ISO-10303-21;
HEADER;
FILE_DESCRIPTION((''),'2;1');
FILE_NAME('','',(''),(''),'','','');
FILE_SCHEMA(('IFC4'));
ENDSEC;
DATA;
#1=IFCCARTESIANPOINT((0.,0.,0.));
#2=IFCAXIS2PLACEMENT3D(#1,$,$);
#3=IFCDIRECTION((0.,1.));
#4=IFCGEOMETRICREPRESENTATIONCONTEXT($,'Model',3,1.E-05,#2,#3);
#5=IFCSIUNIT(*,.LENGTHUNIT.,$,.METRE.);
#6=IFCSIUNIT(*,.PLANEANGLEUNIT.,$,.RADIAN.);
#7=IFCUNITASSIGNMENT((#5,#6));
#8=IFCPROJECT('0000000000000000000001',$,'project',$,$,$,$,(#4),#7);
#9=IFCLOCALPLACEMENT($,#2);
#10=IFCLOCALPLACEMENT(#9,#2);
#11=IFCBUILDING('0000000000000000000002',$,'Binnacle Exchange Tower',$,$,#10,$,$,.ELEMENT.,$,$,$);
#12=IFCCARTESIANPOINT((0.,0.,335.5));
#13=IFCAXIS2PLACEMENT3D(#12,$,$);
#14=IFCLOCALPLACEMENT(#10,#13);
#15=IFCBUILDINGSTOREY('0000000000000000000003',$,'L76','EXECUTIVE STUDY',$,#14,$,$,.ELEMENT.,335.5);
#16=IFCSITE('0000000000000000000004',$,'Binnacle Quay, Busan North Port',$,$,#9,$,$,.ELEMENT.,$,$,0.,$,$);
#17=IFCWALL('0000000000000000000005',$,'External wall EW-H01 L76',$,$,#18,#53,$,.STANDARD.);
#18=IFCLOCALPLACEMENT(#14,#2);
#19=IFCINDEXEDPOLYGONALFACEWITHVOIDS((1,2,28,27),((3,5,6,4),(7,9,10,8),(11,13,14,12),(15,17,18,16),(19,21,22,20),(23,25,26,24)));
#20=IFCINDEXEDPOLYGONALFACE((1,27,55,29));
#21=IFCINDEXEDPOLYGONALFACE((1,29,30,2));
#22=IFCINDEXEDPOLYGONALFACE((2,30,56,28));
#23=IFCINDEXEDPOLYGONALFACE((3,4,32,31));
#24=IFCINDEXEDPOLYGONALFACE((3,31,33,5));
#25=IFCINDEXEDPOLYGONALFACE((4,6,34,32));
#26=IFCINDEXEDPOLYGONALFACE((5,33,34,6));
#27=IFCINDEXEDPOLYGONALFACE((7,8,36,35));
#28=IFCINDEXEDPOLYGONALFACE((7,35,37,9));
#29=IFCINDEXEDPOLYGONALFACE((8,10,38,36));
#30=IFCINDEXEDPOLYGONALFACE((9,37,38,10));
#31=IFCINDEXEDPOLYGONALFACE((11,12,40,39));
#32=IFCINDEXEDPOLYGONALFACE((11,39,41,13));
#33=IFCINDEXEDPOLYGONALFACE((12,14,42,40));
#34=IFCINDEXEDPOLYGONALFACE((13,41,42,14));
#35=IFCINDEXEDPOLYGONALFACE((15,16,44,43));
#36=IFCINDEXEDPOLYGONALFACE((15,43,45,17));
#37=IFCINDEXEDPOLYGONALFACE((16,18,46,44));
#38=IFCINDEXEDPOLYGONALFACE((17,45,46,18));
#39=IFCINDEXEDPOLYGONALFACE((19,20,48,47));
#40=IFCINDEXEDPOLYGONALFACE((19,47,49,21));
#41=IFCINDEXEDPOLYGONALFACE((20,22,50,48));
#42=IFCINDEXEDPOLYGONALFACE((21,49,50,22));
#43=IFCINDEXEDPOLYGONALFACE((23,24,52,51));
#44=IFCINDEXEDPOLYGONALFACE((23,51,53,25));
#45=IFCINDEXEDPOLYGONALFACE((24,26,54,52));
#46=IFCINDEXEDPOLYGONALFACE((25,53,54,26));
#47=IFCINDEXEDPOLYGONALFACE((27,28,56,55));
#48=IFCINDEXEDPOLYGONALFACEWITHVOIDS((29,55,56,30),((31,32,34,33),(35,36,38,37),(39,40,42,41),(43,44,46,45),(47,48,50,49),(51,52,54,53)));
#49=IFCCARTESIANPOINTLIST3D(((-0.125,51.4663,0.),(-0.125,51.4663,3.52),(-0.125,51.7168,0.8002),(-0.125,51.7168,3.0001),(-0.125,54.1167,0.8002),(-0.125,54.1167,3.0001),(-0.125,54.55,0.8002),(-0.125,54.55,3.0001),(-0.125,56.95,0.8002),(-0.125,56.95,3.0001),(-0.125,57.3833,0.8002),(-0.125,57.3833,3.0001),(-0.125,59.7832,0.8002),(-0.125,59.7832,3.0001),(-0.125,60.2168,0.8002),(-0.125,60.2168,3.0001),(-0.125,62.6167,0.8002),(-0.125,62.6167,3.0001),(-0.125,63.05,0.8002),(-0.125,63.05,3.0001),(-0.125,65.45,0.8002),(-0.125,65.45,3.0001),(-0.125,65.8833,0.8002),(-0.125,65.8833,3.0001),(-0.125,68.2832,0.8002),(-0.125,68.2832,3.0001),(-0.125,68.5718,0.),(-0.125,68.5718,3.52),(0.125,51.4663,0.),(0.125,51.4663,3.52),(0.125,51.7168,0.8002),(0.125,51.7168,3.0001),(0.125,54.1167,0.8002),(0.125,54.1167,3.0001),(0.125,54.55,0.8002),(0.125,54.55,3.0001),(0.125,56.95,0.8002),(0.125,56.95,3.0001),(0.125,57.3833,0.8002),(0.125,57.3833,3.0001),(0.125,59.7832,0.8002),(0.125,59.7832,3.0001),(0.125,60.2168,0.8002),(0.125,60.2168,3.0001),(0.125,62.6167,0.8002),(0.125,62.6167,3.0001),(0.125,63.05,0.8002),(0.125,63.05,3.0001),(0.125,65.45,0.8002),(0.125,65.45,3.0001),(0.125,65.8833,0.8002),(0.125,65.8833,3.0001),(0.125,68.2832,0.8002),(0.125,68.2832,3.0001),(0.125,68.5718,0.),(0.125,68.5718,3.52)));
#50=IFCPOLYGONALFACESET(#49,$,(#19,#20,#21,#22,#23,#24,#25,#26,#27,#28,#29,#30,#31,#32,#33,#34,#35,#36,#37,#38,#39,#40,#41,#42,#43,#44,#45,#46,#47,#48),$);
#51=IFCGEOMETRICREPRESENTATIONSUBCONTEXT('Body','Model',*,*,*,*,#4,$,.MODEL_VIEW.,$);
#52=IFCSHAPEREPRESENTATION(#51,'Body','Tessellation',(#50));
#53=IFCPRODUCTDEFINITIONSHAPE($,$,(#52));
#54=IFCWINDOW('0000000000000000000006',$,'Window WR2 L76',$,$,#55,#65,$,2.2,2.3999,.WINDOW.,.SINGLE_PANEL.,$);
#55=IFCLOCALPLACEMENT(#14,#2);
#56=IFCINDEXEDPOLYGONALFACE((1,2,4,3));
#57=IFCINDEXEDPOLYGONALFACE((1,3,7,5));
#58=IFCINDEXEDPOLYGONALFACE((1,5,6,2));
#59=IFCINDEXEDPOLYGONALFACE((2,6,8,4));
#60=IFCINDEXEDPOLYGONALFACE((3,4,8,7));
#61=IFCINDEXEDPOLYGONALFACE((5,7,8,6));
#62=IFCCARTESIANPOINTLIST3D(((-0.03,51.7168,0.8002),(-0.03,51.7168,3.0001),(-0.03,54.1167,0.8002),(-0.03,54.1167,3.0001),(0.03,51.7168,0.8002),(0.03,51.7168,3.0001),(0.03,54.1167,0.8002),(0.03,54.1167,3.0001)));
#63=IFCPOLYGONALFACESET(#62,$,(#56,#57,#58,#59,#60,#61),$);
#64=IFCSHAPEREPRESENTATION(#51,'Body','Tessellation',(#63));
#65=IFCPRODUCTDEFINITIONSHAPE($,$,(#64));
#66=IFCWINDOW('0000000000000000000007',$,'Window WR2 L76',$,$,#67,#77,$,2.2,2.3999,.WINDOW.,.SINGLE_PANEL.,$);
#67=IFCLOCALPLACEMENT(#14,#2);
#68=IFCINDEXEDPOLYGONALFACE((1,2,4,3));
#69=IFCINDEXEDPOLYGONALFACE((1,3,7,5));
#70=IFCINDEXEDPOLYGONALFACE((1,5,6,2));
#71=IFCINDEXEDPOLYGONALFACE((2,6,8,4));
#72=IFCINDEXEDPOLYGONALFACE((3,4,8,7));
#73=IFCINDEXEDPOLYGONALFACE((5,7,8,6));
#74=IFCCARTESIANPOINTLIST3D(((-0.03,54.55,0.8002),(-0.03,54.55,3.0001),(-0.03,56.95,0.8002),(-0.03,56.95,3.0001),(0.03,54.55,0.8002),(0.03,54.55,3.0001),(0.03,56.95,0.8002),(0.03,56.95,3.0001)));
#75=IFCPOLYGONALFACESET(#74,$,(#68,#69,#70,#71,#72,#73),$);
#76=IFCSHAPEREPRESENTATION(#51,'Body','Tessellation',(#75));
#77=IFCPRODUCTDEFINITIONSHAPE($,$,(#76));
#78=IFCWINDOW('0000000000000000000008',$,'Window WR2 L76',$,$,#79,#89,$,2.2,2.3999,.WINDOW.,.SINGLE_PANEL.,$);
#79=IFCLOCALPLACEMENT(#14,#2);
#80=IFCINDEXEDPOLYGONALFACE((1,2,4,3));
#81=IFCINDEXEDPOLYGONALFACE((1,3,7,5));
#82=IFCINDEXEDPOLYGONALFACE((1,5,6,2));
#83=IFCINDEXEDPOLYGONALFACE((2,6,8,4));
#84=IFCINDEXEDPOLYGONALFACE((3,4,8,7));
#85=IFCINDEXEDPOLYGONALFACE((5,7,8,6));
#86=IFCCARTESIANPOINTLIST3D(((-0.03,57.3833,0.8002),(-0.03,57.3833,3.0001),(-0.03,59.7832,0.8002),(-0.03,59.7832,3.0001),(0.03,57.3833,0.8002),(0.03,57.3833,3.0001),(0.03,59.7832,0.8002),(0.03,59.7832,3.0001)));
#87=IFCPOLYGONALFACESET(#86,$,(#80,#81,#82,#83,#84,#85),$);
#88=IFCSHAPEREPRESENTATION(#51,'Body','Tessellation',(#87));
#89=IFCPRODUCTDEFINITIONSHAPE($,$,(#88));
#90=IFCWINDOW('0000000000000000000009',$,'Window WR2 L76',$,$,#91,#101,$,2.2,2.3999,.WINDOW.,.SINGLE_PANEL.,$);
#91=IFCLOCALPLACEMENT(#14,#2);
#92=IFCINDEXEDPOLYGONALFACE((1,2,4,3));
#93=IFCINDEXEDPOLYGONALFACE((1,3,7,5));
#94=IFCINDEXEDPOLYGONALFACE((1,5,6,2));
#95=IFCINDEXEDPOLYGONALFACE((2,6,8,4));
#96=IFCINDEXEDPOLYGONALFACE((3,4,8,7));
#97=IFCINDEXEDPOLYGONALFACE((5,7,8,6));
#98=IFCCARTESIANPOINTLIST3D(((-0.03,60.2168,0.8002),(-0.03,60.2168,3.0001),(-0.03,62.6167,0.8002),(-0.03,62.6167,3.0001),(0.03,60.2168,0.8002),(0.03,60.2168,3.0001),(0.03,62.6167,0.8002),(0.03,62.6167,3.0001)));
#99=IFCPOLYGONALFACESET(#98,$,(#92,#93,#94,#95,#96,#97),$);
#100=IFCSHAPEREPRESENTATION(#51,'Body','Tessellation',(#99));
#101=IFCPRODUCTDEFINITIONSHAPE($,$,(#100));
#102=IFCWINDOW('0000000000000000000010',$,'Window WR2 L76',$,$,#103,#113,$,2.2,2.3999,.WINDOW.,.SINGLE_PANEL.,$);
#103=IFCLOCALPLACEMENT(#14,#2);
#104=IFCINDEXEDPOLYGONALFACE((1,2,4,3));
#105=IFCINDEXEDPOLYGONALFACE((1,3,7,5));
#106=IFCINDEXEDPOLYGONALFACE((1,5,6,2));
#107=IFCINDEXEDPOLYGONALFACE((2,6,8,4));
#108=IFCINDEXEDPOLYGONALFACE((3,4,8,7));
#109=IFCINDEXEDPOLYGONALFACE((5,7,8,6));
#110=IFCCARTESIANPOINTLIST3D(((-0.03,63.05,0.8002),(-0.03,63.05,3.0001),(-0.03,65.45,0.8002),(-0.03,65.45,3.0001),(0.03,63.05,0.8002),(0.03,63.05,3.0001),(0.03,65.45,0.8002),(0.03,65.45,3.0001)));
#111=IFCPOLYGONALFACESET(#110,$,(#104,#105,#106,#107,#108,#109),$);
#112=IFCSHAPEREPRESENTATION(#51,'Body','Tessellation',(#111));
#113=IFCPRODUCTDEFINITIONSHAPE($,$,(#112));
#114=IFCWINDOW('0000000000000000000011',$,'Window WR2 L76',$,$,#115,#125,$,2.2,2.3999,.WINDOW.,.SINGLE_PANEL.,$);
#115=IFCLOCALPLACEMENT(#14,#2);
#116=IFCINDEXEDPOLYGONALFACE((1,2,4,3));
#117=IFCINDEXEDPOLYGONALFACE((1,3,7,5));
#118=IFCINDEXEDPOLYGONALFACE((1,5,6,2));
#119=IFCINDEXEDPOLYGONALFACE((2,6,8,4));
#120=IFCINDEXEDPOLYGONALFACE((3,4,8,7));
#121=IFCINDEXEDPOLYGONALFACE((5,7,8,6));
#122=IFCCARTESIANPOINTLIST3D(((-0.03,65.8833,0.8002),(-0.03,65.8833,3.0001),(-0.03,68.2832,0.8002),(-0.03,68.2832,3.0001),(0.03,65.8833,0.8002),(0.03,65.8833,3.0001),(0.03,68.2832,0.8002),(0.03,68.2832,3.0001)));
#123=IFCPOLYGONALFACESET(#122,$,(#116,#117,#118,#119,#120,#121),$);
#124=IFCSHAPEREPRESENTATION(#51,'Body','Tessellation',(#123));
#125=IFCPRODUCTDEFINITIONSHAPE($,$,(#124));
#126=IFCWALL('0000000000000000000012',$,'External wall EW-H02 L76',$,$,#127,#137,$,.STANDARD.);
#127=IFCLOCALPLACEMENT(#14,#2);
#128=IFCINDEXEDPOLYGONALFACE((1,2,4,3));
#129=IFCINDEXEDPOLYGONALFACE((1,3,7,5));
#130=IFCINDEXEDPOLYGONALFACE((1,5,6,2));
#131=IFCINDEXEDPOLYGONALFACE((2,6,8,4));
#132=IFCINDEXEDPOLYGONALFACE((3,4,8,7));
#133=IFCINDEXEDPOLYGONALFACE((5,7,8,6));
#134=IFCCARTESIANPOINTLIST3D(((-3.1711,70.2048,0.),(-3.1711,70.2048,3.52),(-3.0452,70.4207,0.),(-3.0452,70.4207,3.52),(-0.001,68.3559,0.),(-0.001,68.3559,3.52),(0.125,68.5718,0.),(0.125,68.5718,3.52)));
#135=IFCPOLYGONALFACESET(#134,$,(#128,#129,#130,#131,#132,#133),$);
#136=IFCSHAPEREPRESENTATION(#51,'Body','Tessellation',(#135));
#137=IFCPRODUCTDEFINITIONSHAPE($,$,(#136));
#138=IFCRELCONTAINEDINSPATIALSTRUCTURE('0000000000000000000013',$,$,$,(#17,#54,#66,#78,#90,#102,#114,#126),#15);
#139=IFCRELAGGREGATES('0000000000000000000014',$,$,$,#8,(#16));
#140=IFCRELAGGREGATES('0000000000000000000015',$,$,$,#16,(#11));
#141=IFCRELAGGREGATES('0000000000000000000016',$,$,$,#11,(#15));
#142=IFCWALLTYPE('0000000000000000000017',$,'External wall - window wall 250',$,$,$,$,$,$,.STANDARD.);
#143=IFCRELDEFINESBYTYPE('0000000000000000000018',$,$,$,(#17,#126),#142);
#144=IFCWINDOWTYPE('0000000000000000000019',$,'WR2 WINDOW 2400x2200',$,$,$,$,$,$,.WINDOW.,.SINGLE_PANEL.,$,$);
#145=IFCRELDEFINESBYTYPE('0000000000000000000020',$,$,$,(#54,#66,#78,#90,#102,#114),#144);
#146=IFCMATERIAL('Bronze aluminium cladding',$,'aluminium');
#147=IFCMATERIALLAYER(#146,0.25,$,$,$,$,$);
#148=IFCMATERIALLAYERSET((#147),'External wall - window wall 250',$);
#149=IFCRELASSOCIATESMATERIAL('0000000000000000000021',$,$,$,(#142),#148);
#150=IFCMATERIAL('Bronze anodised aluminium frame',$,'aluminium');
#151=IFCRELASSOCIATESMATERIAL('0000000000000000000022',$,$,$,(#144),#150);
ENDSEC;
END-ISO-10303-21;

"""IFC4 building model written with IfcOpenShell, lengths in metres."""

from ifc_helpers import new_model, si_unit, direction, frame, frame_2d, origin, place, context, subcontext, project, spatial, rectangle, extrude, material, layer, layer_set, type_object, element, fill, save


model = new_model("IFC4")

# Units and contexts
model_context = context("Model", 3, precision=1e-05, world=origin(), true_north=direction((0.0, 1.0)))
body_context = subcontext(model_context, "Body", "Model", "MODEL_VIEW")
ifc_project = project(units=[si_unit("LENGTHUNIT", "METRE"), si_unit("PLANEANGLEUNIT", "RADIAN")], contexts=[model_context])

# Site, building, storey
site_placement = place(None, origin())
site = spatial("IfcSite", under=ifc_project, at=site_placement, Name="Binnacle Quay, Busan North Port", CompositionType="ELEMENT", RefElevation=0.0)
building_placement = place(site_placement, origin())
building = spatial("IfcBuilding", under=site, at=building_placement, Name="Binnacle Exchange Tower", CompositionType="ELEMENT")
storey_placement = place(building_placement, frame((0.0, 0.0, 335.5)))
storey = spatial("IfcBuildingStorey", under=building, at=storey_placement, Name="L76", Description="EXECUTIVE STUDY", CompositionType="ELEMENT", Elevation=335.5)

# Shared definitions
ifc_material_1 = material(Name="Bronze anodised aluminium frame", Category="aluminium")

# Wall, openings, windows
ifc_material_2 = material(Name="Bronze aluminium cladding", Category="aluminium")
ifc_layer_1 = layer(ifc_material_2, 0.25)
ifc_layer_set_1 = layer_set([ifc_layer_1], Name="External wall - window wall 250")
wall_type_1 = type_object("IfcWallType", Name="External wall - window wall 250", PredefinedType="STANDARD", material=ifc_layer_set_1)
wall_1_placement = place(storey_placement, frame((0.0, 68.5718, 0.0), z_axis=(0.0, 0.0, 1.0), x_axis=(0.0, -1.0, 0.0)))
wall_1 = element("IfcWall", 1, at=wall_1_placement, inside=storey, type_object=wall_type_1, Name="External wall EW-H01 L76", PredefinedType="STANDARD", context=body_context, shape_type="SweptSolid", body=[
    extrude(rectangle(XDim=17.1055, YDim=0.25, at=frame_2d((8.5527, 0.0))), origin(), (0.0, 0.0, 1.0), 3.52),
])
opening_1_placement = place(wall_1_placement, frame((14.4551, 0.0, 0.8)))
opening_1 = element("IfcOpeningElement", 2, at=opening_1_placement, cuts=wall_1, PredefinedType="OPENING", context=body_context, shape_type="SweptSolid", body=[
    extrude(rectangle(XDim=2.3999, YDim=2.2, at=frame_2d((1.2, 1.1001))), frame((0.0, 0.135, 0.0), z_axis=(0.0, -1.0, 0.0), x_axis=(1.0, 0.0, 0.0)), (0.0, 0.0, 1.0), 0.27),
])
opening_2_placement = place(wall_1_placement, frame((11.6218, 0.0, 0.8)))
opening_2 = element("IfcOpeningElement", 3, at=opening_2_placement, cuts=wall_1, PredefinedType="OPENING", context=body_context, shape_type="SweptSolid", body=[
    extrude(rectangle(XDim=2.3999, YDim=2.2, at=frame_2d((1.2, 1.1001))), frame((0.0, 0.135, 0.0), z_axis=(0.0, -1.0, 0.0), x_axis=(1.0, 0.0, 0.0)), (0.0, 0.0, 1.0), 0.27),
])
opening_3_placement = place(wall_1_placement, frame((8.7886, 0.0, 0.8)))
opening_3 = element("IfcOpeningElement", 4, at=opening_3_placement, cuts=wall_1, PredefinedType="OPENING", context=body_context, shape_type="SweptSolid", body=[
    extrude(rectangle(XDim=2.3999, YDim=2.2, at=frame_2d((1.2, 1.1001))), frame((0.0, 0.135, 0.0), z_axis=(0.0, -1.0, 0.0), x_axis=(1.0, 0.0, 0.0)), (0.0, 0.0, 1.0), 0.27),
])
opening_4_placement = place(wall_1_placement, frame((5.9551, 0.0, 0.8)))
opening_4 = element("IfcOpeningElement", 5, at=opening_4_placement, cuts=wall_1, PredefinedType="OPENING", context=body_context, shape_type="SweptSolid", body=[
    extrude(rectangle(XDim=2.3999, YDim=2.2, at=frame_2d((1.2, 1.1001))), frame((0.0, 0.135, 0.0), z_axis=(0.0, -1.0, 0.0), x_axis=(1.0, 0.0, 0.0)), (0.0, 0.0, 1.0), 0.27),
])
opening_5_placement = place(wall_1_placement, frame((3.1218, 0.0, 0.8)))
opening_5 = element("IfcOpeningElement", 6, at=opening_5_placement, cuts=wall_1, PredefinedType="OPENING", context=body_context, shape_type="SweptSolid", body=[
    extrude(rectangle(XDim=2.3999, YDim=2.2, at=frame_2d((1.2, 1.1001))), frame((0.0, 0.135, 0.0), z_axis=(0.0, -1.0, 0.0), x_axis=(1.0, 0.0, 0.0)), (0.0, 0.0, 1.0), 0.27),
])
opening_6_placement = place(wall_1_placement, frame((0.2886, 0.0, 0.8)))
opening_6 = element("IfcOpeningElement", 7, at=opening_6_placement, cuts=wall_1, PredefinedType="OPENING", context=body_context, shape_type="SweptSolid", body=[
    extrude(rectangle(XDim=2.3999, YDim=2.2, at=frame_2d((1.2, 1.1001))), frame((0.0, 0.135, 0.0), z_axis=(0.0, -1.0, 0.0), x_axis=(1.0, 0.0, 0.0)), (0.0, 0.0, 1.0), 0.27),
])
window_type = type_object("IfcWindowType", Name="WR2 WINDOW 2400x2200", PartitioningType="SINGLE_PANEL", PredefinedType="WINDOW", material=ifc_material_1)
window_1_placement = place(opening_1_placement, origin())
window_1 = element("IfcWindow", 8, at=window_1_placement, inside=storey, type_object=window_type, Name="Window WR2 L76", OverallHeight=2.2, OverallWidth=2.3999, PartitioningType="SINGLE_PANEL", PredefinedType="WINDOW", context=body_context, shape_type="SweptSolid", body=[
    extrude(rectangle(XDim=2.3999, YDim=2.2, at=frame_2d((1.2, 1.1001))), frame((0.0, 0.03, 0.0), z_axis=(0.0, -1.0, 0.0), x_axis=(1.0, 0.0, 0.0)), (0.0, 0.0, 1.0), 0.0601),
])
fill(opening_1, window_1)
window_2_placement = place(opening_2_placement, origin())
window_2 = element("IfcWindow", 9, at=window_2_placement, inside=storey, type_object=window_type, Name="Window WR2 L76", OverallHeight=2.2, OverallWidth=2.3999, PartitioningType="SINGLE_PANEL", PredefinedType="WINDOW", context=body_context, shape_type="SweptSolid", body=[
    extrude(rectangle(XDim=2.3999, YDim=2.2, at=frame_2d((1.2, 1.1001))), frame((0.0, 0.03, 0.0), z_axis=(0.0, -1.0, 0.0), x_axis=(1.0, 0.0, 0.0)), (0.0, 0.0, 1.0), 0.0601),
])
fill(opening_2, window_2)
window_3_placement = place(opening_3_placement, origin())
window_3 = element("IfcWindow", 10, at=window_3_placement, inside=storey, type_object=window_type, Name="Window WR2 L76", OverallHeight=2.2, OverallWidth=2.3999, PartitioningType="SINGLE_PANEL", PredefinedType="WINDOW", context=body_context, shape_type="SweptSolid", body=[
    extrude(rectangle(XDim=2.3999, YDim=2.2, at=frame_2d((1.2, 1.1001))), frame((0.0, 0.03, 0.0), z_axis=(0.0, -1.0, 0.0), x_axis=(1.0, 0.0, 0.0)), (0.0, 0.0, 1.0), 0.0601),
])
fill(opening_3, window_3)
window_4_placement = place(opening_4_placement, origin())
window_4 = element("IfcWindow", 11, at=window_4_placement, inside=storey, type_object=window_type, Name="Window WR2 L76", OverallHeight=2.2, OverallWidth=2.3999, PartitioningType="SINGLE_PANEL", PredefinedType="WINDOW", context=body_context, shape_type="SweptSolid", body=[
    extrude(rectangle(XDim=2.3999, YDim=2.2, at=frame_2d((1.2, 1.1001))), frame((0.0, 0.03, 0.0), z_axis=(0.0, -1.0, 0.0), x_axis=(1.0, 0.0, 0.0)), (0.0, 0.0, 1.0), 0.0601),
])
fill(opening_4, window_4)
window_5_placement = place(opening_5_placement, origin())
window_5 = element("IfcWindow", 12, at=window_5_placement, inside=storey, type_object=window_type, Name="Window WR2 L76", OverallHeight=2.2, OverallWidth=2.3999, PartitioningType="SINGLE_PANEL", PredefinedType="WINDOW", context=body_context, shape_type="SweptSolid", body=[
    extrude(rectangle(XDim=2.3999, YDim=2.2, at=frame_2d((1.2, 1.1001))), frame((0.0, 0.03, 0.0), z_axis=(0.0, -1.0, 0.0), x_axis=(1.0, 0.0, 0.0)), (0.0, 0.0, 1.0), 0.0601),
])
fill(opening_5, window_5)
window_6_placement = place(opening_6_placement, origin())
window_6 = element("IfcWindow", 13, at=window_6_placement, inside=storey, type_object=window_type, Name="Window WR2 L76", OverallHeight=2.2, OverallWidth=2.3999, PartitioningType="SINGLE_PANEL", PredefinedType="WINDOW", context=body_context, shape_type="SweptSolid", body=[
    extrude(rectangle(XDim=2.3999, YDim=2.2, at=frame_2d((1.2, 1.1001))), frame((0.0, 0.03, 0.0), z_axis=(0.0, -1.0, 0.0), x_axis=(1.0, 0.0, 0.0)), (0.0, 0.0, 1.0), 0.0601),
])
fill(opening_6, window_6)

# Wall
wall_2_placement = place(storey_placement, frame((-3.1082, 70.3127, 0.0), z_axis=(0.0, 0.0, 1.0), x_axis=(0.863825, -0.503792, 0.0)))
element("IfcWall", 14, at=wall_2_placement, inside=storey, type_object=wall_type_1, Name="External wall EW-H02 L76", PredefinedType="STANDARD", context=body_context, shape_type="SweptSolid", body=[
    extrude(rectangle(XDim=3.6699, YDim=0.25, at=frame_2d((1.835, 0.0))), origin(), (0.0, 0.0, 1.0), 3.52),
])

save(model, "model.ifc")
